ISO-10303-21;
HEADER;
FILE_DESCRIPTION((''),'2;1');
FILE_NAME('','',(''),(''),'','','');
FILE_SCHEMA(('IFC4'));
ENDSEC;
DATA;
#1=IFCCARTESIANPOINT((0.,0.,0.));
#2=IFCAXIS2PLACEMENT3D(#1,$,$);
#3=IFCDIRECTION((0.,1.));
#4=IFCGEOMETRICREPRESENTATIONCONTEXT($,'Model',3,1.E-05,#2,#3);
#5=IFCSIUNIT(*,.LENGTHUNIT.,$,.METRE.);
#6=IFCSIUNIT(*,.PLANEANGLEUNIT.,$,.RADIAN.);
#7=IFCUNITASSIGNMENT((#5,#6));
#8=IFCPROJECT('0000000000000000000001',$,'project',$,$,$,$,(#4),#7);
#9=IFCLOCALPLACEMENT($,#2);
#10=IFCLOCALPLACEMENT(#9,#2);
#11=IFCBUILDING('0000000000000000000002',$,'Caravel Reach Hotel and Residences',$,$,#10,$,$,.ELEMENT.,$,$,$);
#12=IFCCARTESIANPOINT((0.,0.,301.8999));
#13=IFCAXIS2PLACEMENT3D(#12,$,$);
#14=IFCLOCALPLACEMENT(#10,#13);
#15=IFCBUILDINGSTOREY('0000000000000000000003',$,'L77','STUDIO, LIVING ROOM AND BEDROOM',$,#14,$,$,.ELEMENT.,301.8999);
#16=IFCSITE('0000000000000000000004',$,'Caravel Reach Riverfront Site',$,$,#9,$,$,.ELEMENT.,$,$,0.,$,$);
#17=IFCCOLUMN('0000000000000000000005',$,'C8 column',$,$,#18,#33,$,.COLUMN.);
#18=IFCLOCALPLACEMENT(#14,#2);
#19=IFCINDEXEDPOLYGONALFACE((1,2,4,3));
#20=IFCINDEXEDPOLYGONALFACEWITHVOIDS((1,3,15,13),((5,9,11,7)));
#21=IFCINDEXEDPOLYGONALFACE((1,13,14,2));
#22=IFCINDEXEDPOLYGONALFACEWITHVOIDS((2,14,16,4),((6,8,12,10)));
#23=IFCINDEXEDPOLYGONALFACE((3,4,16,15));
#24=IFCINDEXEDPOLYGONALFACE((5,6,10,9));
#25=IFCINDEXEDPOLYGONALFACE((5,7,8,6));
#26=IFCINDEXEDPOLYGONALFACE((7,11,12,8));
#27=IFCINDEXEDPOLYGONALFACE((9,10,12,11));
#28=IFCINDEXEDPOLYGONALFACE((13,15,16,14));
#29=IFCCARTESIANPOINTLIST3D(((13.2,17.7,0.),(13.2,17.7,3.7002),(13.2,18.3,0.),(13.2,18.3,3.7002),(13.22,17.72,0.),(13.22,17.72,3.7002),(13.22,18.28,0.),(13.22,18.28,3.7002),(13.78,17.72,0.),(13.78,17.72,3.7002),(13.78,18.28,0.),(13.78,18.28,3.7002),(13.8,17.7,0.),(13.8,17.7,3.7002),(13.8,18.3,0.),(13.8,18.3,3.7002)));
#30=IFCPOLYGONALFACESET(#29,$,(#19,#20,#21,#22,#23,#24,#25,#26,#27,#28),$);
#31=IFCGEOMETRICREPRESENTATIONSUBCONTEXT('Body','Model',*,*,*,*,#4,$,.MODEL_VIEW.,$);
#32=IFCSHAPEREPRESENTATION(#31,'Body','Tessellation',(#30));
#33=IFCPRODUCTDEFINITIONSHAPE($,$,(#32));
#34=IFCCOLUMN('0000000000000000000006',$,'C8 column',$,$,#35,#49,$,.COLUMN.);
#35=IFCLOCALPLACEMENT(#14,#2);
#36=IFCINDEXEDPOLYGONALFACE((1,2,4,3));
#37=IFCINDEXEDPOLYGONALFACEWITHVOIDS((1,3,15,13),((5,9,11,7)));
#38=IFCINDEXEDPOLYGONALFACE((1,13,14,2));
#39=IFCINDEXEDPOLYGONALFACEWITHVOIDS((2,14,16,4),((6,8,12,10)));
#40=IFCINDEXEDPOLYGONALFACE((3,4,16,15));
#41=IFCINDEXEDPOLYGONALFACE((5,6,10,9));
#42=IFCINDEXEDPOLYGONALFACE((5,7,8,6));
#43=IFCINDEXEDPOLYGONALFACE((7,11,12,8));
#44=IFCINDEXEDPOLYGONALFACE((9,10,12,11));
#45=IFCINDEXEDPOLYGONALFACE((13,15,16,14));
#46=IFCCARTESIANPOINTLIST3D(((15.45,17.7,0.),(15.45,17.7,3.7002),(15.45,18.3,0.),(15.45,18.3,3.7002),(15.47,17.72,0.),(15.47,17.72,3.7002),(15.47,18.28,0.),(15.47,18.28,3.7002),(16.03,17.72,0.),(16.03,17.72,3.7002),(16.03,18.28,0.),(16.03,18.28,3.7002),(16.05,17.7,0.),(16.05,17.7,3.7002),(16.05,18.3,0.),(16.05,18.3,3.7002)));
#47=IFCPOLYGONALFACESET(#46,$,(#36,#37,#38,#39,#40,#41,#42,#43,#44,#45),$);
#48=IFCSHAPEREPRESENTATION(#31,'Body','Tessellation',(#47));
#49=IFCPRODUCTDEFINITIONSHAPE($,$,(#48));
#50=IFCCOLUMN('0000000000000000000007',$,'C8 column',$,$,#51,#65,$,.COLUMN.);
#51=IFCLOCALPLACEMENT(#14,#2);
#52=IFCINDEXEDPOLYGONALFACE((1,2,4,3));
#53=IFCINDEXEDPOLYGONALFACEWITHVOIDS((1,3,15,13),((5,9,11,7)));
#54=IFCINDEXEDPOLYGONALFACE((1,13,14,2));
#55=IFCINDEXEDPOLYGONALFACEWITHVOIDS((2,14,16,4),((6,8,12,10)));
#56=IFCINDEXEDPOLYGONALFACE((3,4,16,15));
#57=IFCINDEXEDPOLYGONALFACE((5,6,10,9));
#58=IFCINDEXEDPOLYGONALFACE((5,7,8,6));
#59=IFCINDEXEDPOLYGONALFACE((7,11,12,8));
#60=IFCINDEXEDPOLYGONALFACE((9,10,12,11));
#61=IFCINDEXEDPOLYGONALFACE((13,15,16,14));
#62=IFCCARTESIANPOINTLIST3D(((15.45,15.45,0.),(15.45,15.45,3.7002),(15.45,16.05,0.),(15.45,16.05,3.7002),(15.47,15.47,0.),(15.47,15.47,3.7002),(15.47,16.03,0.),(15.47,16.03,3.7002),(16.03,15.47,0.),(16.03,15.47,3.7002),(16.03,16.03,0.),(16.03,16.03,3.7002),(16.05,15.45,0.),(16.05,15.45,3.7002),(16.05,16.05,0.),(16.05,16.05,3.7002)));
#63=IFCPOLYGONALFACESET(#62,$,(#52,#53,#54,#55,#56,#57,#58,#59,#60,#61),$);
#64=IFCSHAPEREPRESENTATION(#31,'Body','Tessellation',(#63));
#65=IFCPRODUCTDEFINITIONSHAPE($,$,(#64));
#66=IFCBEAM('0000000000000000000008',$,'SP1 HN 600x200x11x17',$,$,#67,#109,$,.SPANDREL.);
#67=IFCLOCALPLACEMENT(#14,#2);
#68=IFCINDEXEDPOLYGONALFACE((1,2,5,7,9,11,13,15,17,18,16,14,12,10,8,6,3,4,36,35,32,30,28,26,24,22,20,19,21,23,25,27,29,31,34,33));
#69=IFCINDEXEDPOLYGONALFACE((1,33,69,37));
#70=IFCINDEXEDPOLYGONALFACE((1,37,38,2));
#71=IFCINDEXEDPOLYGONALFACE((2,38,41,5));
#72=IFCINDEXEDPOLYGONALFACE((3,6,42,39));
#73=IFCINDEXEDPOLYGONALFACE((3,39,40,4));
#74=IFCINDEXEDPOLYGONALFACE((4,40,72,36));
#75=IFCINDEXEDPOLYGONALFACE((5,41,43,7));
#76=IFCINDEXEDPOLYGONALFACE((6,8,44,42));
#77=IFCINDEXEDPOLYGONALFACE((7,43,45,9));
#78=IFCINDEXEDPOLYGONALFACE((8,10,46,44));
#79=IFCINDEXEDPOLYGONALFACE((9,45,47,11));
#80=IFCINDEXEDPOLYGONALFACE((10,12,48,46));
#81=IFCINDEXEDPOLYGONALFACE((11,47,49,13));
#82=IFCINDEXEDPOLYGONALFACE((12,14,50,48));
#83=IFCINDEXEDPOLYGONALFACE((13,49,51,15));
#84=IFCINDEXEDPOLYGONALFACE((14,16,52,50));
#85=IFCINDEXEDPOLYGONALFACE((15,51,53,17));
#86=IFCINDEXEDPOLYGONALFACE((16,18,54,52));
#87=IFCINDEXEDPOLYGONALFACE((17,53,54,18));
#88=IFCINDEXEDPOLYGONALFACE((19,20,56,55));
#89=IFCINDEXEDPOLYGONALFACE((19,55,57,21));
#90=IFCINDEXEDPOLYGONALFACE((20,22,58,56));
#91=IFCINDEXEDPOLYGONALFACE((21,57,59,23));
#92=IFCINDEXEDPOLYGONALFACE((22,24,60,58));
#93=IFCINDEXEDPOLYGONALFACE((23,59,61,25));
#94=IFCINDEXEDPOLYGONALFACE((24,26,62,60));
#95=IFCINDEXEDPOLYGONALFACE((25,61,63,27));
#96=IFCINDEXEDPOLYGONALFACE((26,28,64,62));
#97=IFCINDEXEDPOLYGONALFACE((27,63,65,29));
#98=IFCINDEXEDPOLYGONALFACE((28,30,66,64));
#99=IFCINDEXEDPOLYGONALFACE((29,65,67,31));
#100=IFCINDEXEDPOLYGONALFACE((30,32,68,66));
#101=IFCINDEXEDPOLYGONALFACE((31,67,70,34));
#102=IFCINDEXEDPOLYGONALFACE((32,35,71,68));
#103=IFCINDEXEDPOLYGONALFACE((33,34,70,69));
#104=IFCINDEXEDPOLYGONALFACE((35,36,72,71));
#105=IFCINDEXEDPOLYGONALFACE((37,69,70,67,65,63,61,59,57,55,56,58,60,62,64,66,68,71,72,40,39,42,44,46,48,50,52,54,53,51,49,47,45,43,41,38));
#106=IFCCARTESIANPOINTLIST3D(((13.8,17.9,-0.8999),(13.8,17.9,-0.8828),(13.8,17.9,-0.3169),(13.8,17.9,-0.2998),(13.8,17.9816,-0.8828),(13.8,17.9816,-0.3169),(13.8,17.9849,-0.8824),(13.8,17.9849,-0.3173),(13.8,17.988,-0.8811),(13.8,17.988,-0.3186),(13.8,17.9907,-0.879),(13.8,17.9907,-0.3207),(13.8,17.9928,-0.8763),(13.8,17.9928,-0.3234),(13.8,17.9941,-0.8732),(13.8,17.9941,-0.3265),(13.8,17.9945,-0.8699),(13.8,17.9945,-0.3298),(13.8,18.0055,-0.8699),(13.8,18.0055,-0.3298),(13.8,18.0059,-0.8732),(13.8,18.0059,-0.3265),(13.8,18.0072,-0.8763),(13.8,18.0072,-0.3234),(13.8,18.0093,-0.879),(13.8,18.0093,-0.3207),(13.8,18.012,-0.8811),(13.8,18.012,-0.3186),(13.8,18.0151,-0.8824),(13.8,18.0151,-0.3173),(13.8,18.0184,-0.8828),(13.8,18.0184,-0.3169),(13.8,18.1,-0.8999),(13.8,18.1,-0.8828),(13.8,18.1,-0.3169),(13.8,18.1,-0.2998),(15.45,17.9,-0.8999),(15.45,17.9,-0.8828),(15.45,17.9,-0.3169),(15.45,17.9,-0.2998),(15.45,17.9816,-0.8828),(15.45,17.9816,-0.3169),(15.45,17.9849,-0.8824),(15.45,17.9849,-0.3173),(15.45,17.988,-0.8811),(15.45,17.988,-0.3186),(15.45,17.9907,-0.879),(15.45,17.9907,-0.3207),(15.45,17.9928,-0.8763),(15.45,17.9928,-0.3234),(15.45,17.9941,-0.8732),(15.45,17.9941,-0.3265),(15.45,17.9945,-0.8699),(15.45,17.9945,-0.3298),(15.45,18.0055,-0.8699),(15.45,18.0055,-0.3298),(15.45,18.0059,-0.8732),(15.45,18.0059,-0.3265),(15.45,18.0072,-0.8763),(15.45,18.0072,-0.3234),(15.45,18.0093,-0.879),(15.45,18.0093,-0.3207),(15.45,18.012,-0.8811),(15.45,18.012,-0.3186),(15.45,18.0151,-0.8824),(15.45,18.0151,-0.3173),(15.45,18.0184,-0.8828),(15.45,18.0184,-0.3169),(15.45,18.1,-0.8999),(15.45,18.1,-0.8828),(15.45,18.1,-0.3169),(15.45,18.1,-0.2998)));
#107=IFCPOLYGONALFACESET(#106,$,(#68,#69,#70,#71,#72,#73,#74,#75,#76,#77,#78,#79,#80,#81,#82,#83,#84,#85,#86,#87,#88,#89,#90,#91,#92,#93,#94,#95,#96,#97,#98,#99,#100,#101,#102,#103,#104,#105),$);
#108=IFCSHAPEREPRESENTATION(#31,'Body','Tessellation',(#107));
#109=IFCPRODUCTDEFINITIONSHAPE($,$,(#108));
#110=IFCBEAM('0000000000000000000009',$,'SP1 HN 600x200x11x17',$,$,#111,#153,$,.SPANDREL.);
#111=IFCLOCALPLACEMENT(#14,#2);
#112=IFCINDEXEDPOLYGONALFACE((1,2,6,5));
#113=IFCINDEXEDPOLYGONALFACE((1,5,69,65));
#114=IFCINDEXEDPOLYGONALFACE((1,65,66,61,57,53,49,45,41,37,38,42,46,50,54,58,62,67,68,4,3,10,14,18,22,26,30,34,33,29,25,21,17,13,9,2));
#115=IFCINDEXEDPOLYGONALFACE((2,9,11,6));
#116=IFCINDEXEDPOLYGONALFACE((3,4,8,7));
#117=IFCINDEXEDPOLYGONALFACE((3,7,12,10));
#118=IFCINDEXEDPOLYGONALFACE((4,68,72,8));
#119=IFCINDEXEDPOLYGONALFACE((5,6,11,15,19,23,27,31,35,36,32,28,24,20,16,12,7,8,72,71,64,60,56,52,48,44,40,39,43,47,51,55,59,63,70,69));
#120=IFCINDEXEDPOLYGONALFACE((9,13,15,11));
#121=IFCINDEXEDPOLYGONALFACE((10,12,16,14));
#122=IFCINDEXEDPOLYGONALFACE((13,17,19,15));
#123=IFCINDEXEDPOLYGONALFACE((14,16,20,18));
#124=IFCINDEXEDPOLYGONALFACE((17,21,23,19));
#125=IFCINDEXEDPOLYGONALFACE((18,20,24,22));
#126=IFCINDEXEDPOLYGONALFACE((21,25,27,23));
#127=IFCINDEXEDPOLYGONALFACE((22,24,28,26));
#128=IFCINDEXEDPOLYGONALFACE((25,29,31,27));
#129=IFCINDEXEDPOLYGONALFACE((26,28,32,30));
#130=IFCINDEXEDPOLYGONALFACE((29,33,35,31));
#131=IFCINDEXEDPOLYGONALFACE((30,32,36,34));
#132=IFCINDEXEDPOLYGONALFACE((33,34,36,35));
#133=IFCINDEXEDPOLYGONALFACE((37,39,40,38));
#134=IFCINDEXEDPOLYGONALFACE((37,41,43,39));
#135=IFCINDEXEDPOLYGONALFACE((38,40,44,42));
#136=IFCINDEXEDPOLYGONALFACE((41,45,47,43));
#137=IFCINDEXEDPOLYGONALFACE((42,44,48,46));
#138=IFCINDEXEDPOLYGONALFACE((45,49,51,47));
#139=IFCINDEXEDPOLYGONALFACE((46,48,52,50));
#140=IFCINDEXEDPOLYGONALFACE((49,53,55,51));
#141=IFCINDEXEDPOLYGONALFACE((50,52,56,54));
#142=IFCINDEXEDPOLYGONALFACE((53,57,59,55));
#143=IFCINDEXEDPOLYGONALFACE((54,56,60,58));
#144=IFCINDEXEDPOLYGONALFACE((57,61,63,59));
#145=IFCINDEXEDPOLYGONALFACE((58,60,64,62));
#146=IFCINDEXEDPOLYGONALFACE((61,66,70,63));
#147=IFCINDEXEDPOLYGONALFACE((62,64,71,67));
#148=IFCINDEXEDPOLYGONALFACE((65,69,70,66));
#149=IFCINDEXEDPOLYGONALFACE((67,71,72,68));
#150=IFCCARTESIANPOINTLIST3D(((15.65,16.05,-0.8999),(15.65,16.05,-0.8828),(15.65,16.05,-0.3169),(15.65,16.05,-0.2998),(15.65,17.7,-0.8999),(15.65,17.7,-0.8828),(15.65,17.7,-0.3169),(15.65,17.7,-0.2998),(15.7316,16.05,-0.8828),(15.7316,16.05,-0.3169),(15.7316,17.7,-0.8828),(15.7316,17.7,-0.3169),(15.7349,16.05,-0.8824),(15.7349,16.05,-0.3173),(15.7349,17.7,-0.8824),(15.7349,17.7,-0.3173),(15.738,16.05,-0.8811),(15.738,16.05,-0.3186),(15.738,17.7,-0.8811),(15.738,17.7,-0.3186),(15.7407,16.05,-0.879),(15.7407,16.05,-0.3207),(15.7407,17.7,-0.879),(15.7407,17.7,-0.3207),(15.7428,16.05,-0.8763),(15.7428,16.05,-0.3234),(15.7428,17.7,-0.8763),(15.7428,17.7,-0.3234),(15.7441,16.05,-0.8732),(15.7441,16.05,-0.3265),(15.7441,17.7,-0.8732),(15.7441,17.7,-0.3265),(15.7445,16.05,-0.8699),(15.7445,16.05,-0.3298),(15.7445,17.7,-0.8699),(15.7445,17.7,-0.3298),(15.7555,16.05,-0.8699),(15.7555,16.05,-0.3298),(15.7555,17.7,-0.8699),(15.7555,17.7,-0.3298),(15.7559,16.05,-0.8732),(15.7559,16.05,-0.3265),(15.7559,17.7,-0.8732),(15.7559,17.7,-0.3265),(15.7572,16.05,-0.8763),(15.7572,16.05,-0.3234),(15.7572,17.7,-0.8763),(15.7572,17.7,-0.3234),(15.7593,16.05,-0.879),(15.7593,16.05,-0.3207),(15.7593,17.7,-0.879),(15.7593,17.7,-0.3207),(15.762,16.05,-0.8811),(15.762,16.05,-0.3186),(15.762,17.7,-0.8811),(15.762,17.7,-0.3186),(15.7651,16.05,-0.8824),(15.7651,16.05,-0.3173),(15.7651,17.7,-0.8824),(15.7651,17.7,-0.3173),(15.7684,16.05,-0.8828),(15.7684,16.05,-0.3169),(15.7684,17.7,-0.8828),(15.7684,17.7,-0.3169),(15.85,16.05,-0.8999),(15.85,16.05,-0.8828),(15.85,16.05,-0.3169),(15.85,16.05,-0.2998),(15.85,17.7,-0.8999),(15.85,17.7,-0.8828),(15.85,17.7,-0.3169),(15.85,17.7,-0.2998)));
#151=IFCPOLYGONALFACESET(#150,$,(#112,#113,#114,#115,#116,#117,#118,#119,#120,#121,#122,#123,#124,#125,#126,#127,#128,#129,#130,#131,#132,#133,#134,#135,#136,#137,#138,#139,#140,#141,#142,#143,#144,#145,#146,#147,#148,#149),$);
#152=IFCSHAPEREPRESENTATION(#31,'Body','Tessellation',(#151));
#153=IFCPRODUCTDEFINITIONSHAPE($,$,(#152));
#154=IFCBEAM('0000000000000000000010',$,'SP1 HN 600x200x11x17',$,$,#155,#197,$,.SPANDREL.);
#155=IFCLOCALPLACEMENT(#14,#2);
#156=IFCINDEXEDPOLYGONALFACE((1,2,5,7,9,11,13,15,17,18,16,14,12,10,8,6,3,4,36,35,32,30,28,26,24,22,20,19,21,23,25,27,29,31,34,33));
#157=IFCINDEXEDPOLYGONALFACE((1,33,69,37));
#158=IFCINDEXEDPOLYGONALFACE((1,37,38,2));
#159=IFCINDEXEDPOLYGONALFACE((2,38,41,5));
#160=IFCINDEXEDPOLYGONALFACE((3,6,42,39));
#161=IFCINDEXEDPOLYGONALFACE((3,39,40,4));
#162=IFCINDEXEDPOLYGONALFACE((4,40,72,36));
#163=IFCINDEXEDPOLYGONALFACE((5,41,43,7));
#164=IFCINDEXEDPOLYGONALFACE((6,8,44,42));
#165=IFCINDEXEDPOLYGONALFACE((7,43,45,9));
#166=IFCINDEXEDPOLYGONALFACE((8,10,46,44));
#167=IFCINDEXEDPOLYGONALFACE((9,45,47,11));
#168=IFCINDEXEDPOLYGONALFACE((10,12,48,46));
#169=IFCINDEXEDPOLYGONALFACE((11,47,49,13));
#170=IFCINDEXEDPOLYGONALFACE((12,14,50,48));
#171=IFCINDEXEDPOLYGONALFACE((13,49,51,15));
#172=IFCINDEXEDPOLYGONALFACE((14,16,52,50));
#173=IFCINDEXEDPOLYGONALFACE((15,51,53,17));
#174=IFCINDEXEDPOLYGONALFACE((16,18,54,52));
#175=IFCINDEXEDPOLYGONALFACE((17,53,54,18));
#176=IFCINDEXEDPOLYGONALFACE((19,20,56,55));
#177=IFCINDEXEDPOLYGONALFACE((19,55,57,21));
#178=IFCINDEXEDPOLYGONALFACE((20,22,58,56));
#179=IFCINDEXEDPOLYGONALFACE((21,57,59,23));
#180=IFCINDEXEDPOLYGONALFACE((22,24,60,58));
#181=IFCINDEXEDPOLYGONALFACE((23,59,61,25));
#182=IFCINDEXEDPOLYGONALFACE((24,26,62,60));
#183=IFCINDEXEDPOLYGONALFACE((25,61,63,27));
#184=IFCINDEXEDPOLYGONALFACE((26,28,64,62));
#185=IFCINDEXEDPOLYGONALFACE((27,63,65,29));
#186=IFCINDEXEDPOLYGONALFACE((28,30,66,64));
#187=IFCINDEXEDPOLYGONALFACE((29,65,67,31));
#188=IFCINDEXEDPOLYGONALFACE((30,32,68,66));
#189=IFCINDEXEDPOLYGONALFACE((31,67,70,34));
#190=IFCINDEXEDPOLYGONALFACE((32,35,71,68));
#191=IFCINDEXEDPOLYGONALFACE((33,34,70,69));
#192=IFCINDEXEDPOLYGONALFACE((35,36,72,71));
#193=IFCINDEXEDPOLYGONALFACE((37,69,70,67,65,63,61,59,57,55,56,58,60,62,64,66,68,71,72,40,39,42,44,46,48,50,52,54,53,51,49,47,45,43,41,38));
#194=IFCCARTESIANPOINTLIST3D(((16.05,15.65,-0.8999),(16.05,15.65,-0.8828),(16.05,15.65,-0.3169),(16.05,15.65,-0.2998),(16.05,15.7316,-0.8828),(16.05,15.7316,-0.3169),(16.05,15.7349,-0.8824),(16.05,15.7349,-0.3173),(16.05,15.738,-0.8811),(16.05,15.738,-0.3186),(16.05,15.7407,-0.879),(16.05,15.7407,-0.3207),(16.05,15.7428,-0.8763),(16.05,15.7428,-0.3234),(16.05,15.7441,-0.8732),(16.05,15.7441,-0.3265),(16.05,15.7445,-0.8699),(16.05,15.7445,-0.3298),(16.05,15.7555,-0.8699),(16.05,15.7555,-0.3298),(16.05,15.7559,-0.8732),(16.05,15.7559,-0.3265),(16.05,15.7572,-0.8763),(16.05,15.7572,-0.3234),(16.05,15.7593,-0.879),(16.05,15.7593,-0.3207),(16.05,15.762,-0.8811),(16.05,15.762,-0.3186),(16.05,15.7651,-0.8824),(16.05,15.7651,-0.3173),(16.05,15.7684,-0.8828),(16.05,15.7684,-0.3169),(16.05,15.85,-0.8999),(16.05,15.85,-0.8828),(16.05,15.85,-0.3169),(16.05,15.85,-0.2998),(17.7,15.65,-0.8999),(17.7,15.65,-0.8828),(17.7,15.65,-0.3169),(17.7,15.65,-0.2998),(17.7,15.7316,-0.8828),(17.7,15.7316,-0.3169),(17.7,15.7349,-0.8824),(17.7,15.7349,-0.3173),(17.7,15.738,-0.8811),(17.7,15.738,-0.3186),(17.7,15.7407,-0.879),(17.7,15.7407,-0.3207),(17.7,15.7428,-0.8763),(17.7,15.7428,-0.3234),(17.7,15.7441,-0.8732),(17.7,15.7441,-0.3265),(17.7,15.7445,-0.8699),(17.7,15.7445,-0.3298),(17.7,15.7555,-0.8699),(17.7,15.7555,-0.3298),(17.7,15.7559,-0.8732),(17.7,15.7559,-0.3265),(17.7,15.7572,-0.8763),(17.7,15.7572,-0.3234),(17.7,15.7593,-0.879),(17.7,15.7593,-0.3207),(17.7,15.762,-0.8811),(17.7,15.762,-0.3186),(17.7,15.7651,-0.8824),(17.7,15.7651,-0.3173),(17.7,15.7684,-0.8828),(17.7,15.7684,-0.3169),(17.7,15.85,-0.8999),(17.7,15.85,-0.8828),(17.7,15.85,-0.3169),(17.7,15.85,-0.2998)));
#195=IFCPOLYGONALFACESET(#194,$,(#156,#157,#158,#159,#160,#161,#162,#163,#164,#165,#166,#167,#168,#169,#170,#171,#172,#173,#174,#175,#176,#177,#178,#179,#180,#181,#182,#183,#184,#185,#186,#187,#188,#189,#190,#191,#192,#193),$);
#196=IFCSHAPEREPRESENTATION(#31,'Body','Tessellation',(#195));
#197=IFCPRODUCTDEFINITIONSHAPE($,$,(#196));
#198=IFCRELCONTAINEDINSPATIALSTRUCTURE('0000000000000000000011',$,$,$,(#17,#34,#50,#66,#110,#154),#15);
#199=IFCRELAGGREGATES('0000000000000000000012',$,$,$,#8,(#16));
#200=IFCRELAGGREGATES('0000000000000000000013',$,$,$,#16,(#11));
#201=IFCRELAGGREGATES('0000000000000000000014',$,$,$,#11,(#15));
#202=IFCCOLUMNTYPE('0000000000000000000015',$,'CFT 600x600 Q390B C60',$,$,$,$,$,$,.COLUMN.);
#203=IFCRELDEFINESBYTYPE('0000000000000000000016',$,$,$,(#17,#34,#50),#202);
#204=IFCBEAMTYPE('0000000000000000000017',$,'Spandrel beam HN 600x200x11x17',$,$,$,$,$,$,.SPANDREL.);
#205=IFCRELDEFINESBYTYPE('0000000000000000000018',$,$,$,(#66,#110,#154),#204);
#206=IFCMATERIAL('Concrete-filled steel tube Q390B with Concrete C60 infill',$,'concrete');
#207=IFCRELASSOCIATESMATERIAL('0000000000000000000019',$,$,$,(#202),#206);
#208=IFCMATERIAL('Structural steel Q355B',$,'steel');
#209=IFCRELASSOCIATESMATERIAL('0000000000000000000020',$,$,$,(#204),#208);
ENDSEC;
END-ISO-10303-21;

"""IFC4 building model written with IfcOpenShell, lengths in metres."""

from ifc_helpers import new_model, si_unit, direction, frame, origin, origin_2d, place, context, subcontext, project, spatial, hollow_rectangle, i_section, extrude, material, material_profile, profile_set, type_object, element, save


model = new_model("IFC4")

# Units and contexts
model_context = context("Model", 3, precision=1e-05, world=origin(), true_north=direction((0.0, 1.0)))
body_context = subcontext(model_context, "Body", "Model", "MODEL_VIEW")
ifc_project = project(units=[si_unit("LENGTHUNIT", "METRE"), si_unit("PLANEANGLEUNIT", "RADIAN")], contexts=[model_context])

# Site, building, storey
site_placement = place(None, origin())
site = spatial("IfcSite", under=ifc_project, at=site_placement, Name="Caravel Reach Riverfront Site", CompositionType="ELEMENT", RefElevation=0.0)
building_placement = place(site_placement, origin())
building = spatial("IfcBuilding", under=site, at=building_placement, Name="Caravel Reach Hotel and Residences", CompositionType="ELEMENT")
storey_placement = place(building_placement, frame((0.0, 0.0, 301.8999)))
storey = spatial("IfcBuildingStorey", under=building, at=storey_placement, Name="L77", Description="STUDIO, LIVING ROOM AND BEDROOM", CompositionType="ELEMENT", Elevation=301.8999)

# Columns
ifc_material_1 = material(Name="Concrete-filled steel tube Q390B with Concrete C60 infill", Category="concrete")
ifc_material_profile_1 = material_profile(ifc_material_1, hollow_rectangle(XDim=0.6001, YDim=0.6001, WallThickness=0.02, at=origin_2d()), Name="RHS 600x600x20")
ifc_profile_set_1 = profile_set([ifc_material_profile_1], Name="Concrete-filled steel tube Q390B with Concrete C60 infill")
column_type = type_object("IfcColumnType", Name="CFT 600x600 Q390B C60", PredefinedType="COLUMN", material=ifc_profile_set_1)
for number, where, z_axis, x_axis, name in (
    (1, (13.5, 18.0, 0.0), (0.0, 0.0, 1.0), (1.0, 0.0, 0.0), "C8 column"),
    (2, (15.75, 18.0, 0.0), (0.0, 0.0, 1.0), (1.0, 0.0, 0.0), "C8 column"),
    (3, (15.75, 15.75, 0.0), (0.0, 0.0, 1.0), (1.0, 0.0, 0.0), "C8 column"),
):
    element("IfcColumn", number, at=place(storey_placement, frame(where, z_axis=z_axis, x_axis=x_axis)), inside=storey, type_object=column_type, Name=name, PredefinedType="COLUMN", context=body_context, shape_type="SweptSolid", body=[
        extrude(hollow_rectangle(XDim=0.6001, YDim=0.6001, WallThickness=0.02, at=origin_2d()), origin(), (0.0, 0.0, 1.0), 3.7002),
    ])

# Beams
ifc_material_2 = material(Name="Structural steel Q355B", Category="steel")
ifc_material_profile_2 = material_profile(ifc_material_2, i_section(OverallWidth=0.2, OverallDepth=0.6001, WebThickness=0.011, FlangeThickness=0.0171, FilletRadius=0.0129, at=origin_2d()), Name="HN 600x200x11x17")
ifc_profile_set_2 = profile_set([ifc_material_profile_2], Name="Structural steel Q355B")
beam_type = type_object("IfcBeamType", Name="Spandrel beam HN 600x200x11x17", PredefinedType="SPANDREL", material=ifc_profile_set_2)
for number, where, z_axis, x_axis, name in (
    (4, (13.8, 18.0, -0.5999), (1.0, 0.0, 0.0), (0.0, 1.0, 0.0), "SP1 HN 600x200x11x17"),
    (5, (15.75, 17.7, -0.5999), (0.0, -1.0, 0.0), (1.0, 0.0, 0.0), "SP1 HN 600x200x11x17"),
    (6, (16.05, 15.75, -0.5999), (1.0, 0.0, 0.0), (0.0, 1.0, 0.0), "SP1 HN 600x200x11x17"),
):
    element("IfcBeam", number, at=place(storey_placement, frame(where, z_axis=z_axis, x_axis=x_axis)), inside=storey, type_object=beam_type, Name=name, PredefinedType="SPANDREL", context=body_context, shape_type="SweptSolid", body=[
        extrude(i_section(OverallWidth=0.2, OverallDepth=0.6001, WebThickness=0.011, FlangeThickness=0.0171, FilletRadius=0.0129, at=origin_2d()), origin(), (0.0, 0.0, 1.0), 1.6499),
    ])

save(model, "model.ifc")
